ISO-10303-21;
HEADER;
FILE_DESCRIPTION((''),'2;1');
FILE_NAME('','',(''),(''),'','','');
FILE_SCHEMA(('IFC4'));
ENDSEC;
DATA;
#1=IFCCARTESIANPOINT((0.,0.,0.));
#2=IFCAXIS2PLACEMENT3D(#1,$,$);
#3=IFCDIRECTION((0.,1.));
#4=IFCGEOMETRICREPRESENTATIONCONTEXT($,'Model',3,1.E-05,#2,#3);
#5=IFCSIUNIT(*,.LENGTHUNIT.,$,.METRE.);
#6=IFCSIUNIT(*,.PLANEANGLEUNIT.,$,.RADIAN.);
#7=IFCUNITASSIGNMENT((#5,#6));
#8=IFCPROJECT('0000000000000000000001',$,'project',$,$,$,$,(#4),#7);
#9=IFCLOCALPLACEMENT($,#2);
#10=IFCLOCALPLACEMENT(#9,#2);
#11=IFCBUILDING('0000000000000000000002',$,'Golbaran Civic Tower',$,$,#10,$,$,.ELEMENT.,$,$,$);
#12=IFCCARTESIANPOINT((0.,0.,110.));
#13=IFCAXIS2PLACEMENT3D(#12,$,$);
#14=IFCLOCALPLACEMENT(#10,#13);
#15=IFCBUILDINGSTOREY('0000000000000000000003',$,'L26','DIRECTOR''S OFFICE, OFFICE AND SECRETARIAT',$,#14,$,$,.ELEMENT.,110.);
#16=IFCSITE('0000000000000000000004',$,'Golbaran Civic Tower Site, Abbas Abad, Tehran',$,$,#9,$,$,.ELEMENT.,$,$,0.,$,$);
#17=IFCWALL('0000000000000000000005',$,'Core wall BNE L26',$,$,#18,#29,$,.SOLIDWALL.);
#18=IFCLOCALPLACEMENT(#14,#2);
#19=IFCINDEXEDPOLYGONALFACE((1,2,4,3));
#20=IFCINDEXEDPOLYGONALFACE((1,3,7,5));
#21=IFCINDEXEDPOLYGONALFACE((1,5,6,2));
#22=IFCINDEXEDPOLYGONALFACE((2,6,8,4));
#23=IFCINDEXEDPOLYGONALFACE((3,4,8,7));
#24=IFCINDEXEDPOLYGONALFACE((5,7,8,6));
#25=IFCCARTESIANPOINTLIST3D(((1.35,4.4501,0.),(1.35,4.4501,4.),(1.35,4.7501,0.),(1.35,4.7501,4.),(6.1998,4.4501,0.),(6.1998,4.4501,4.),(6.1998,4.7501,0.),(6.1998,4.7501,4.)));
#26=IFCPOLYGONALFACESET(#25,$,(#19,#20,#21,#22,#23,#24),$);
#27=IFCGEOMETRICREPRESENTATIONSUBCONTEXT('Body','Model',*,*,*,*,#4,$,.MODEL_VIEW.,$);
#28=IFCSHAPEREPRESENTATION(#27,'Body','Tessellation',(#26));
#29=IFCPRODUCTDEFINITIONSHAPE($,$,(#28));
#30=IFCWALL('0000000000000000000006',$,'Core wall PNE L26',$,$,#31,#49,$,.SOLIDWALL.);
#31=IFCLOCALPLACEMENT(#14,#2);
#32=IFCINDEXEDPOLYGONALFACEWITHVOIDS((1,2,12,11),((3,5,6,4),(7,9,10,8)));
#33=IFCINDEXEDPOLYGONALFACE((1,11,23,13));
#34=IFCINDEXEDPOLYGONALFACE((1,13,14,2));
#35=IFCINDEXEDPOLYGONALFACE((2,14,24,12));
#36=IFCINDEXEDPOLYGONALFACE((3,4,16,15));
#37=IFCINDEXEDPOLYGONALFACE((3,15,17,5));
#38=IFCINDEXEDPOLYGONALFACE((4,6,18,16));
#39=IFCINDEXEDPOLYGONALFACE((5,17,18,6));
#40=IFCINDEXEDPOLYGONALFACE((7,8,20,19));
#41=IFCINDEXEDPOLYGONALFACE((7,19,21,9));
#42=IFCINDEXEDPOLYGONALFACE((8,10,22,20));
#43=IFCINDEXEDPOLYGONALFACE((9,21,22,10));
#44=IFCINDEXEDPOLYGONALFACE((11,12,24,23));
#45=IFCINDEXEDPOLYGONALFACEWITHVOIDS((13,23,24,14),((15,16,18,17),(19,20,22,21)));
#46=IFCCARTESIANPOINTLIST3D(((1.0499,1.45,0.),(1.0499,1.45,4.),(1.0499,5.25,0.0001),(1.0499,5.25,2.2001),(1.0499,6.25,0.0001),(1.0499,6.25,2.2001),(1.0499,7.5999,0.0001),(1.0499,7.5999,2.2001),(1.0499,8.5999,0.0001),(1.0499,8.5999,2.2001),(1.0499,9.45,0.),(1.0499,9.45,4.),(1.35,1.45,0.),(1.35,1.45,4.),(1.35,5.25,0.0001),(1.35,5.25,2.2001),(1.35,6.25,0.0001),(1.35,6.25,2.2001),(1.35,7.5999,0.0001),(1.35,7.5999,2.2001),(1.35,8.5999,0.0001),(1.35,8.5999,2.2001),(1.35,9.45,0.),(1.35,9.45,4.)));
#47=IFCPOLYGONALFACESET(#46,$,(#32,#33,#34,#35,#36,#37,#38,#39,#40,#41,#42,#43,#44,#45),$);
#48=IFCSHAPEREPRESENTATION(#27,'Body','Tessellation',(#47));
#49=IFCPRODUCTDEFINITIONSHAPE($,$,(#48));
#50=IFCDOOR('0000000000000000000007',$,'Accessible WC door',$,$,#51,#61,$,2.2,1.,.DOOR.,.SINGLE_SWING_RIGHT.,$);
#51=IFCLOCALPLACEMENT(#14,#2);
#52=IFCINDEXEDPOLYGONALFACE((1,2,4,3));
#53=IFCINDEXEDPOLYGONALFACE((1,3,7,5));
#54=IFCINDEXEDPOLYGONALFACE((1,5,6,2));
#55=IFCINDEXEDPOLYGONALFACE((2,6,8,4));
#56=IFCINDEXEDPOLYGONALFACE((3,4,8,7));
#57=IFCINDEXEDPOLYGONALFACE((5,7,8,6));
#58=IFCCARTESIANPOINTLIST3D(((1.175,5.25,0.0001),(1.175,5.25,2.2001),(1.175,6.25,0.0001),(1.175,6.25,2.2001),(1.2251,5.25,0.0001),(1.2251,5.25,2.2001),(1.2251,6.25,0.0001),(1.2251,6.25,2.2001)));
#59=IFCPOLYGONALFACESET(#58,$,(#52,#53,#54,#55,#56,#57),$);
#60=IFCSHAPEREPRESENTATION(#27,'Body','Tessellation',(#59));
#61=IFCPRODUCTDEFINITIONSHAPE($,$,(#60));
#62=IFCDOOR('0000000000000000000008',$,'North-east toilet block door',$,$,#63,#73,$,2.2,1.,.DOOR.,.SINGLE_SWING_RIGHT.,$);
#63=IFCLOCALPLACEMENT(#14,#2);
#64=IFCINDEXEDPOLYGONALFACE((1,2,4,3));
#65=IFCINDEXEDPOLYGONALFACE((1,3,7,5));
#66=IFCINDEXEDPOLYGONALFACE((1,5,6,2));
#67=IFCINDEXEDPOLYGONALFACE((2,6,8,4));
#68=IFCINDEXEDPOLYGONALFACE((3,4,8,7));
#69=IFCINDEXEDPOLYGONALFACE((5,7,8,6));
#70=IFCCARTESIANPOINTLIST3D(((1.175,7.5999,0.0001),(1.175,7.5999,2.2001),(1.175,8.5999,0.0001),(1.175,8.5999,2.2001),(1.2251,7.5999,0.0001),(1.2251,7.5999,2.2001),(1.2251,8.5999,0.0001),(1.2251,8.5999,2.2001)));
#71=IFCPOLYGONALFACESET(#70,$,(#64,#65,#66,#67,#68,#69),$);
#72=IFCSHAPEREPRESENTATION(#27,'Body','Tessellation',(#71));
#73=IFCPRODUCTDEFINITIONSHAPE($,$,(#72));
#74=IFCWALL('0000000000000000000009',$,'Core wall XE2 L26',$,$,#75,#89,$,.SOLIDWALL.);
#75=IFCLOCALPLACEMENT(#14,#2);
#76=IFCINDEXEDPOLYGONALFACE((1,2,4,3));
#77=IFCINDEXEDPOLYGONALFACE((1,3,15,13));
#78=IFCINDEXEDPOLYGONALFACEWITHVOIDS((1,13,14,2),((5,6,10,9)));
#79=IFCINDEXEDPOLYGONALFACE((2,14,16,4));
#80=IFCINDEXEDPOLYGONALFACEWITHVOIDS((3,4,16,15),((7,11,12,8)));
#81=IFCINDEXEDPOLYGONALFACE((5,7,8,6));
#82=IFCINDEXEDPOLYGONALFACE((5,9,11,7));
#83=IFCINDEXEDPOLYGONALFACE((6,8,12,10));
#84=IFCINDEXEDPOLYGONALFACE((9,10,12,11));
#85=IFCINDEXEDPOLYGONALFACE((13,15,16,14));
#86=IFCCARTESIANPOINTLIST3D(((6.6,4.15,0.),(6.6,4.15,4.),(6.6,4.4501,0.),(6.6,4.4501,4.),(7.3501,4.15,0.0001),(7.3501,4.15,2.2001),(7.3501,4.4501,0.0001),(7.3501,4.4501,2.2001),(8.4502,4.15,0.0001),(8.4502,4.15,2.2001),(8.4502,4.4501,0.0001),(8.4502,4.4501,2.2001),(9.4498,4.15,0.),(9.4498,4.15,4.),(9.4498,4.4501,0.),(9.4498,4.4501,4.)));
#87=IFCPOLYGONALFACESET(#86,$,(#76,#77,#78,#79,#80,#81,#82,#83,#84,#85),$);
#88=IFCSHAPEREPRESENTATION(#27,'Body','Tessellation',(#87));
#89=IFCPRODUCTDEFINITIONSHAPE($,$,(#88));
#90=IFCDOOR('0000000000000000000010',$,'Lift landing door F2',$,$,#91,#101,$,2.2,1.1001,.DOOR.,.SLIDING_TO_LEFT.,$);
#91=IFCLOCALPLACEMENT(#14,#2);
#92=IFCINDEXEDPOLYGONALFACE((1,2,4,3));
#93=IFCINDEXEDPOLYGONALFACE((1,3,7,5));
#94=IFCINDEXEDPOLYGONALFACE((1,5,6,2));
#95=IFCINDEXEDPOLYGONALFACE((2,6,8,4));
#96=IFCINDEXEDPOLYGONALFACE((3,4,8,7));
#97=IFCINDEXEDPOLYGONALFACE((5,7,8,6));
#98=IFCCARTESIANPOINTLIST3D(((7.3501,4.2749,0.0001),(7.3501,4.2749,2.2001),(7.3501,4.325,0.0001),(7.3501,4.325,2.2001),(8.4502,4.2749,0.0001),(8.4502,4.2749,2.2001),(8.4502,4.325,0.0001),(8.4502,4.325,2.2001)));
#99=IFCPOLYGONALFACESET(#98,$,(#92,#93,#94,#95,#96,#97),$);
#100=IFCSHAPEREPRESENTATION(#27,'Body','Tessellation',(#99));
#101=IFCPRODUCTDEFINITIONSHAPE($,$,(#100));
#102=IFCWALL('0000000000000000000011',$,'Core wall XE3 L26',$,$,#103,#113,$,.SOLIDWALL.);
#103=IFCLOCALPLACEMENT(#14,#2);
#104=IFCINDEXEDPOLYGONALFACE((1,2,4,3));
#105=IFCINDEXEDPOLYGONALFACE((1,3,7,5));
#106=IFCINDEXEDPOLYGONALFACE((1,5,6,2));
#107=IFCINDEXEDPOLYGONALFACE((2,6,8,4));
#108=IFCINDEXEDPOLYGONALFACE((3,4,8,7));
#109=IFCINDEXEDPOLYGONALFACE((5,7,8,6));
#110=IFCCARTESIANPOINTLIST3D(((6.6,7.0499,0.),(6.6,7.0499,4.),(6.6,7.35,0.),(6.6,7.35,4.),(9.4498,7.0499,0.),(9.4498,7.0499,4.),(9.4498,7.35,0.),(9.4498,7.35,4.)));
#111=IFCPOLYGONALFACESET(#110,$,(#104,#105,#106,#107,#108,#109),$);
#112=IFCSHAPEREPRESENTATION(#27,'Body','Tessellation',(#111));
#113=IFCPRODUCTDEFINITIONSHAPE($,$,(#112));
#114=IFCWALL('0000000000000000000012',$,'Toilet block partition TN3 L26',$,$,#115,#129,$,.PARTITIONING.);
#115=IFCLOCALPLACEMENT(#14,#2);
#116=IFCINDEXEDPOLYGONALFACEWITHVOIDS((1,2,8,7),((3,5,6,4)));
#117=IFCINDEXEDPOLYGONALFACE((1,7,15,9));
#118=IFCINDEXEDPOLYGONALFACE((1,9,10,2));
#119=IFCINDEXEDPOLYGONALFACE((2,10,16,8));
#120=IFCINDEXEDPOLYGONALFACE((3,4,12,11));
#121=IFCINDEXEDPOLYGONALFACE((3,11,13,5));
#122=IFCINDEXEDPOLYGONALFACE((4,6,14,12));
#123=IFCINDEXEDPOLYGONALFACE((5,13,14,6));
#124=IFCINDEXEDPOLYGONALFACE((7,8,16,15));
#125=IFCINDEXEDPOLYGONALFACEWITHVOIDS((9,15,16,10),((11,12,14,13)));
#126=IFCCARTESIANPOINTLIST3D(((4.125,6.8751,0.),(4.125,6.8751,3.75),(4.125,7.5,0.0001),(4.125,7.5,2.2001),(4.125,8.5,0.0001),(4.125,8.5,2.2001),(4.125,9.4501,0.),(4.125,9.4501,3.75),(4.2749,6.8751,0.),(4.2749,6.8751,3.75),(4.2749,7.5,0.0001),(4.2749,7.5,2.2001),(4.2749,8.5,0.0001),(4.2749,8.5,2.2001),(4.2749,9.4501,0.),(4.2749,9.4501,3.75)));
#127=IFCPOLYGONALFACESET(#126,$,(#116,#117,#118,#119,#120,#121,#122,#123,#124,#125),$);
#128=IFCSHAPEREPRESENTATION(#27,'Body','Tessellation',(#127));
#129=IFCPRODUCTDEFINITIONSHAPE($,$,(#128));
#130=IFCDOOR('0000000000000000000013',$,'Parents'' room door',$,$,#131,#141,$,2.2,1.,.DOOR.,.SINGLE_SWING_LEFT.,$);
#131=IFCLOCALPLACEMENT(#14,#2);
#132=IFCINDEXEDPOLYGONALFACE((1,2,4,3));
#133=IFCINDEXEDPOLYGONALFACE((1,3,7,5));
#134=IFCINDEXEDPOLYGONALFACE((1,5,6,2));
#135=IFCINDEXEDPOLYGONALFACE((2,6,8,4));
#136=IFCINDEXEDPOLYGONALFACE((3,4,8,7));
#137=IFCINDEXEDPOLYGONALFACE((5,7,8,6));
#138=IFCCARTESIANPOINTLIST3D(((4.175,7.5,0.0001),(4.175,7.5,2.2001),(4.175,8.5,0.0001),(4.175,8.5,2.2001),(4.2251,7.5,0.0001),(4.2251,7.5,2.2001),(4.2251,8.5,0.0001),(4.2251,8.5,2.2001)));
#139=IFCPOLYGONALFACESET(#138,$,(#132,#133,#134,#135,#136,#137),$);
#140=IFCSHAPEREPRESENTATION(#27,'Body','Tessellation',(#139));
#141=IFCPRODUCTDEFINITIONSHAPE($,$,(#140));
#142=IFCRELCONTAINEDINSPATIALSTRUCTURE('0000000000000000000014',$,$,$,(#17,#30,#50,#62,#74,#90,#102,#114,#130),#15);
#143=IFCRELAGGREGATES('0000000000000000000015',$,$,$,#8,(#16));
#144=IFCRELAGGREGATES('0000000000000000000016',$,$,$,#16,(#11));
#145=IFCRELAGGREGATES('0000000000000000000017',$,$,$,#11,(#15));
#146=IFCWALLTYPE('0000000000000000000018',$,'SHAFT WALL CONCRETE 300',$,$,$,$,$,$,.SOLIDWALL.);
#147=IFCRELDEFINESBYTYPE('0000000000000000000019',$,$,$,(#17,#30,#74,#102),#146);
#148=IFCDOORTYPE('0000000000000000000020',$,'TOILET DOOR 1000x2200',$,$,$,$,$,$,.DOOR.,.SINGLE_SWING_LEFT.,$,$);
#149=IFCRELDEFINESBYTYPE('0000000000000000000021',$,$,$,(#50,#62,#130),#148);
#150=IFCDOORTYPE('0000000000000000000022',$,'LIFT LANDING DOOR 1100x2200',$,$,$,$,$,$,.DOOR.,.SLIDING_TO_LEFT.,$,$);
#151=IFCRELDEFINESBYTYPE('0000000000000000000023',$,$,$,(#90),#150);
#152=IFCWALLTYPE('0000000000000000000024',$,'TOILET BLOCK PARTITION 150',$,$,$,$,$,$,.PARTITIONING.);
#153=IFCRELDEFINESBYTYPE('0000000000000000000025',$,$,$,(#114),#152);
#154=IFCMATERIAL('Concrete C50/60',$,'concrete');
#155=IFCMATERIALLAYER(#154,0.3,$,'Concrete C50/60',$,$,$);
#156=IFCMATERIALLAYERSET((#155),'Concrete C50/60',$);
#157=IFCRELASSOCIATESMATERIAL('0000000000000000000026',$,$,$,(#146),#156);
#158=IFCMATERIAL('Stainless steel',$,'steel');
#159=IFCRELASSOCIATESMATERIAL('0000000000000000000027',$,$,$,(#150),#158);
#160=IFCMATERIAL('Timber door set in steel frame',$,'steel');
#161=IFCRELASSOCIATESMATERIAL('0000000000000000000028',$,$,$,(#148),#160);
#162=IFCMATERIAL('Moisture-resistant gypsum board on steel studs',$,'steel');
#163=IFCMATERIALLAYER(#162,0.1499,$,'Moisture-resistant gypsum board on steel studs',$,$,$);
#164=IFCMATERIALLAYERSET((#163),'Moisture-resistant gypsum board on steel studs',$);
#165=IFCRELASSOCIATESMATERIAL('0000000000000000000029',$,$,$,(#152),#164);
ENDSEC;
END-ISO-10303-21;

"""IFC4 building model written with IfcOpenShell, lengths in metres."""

from ifc_helpers import new_model, si_unit, direction, frame, frame_2d, origin, place, context, subcontext, project, spatial, rectangle, extrude, material, layer, layer_set, type_object, element, fill, save


model = new_model("IFC4")

# Units and contexts
model_context = context("Model", 3, precision=1e-05, world=origin(), true_north=direction((0.0, 1.0)))
body_context = subcontext(model_context, "Body", "Model", "MODEL_VIEW")
ifc_project = project(units=[si_unit("LENGTHUNIT", "METRE"), si_unit("PLANEANGLEUNIT", "RADIAN")], contexts=[model_context])

# Site, building, storey
site_placement = place(None, origin())
site = spatial("IfcSite", under=ifc_project, at=site_placement, Name="Golbaran Civic Tower Site, Abbas Abad, Tehran", CompositionType="ELEMENT", RefElevation=0.0)
building_placement = place(site_placement, origin())
building = spatial("IfcBuilding", under=site, at=building_placement, Name="Golbaran Civic Tower", CompositionType="ELEMENT")
storey_placement = place(building_placement, frame((0.0, 0.0, 110.0)))
storey = spatial("IfcBuildingStorey", under=building, at=storey_placement, Name="L26", Description="DIRECTOR'S OFFICE, OFFICE AND SECRETARIAT", CompositionType="ELEMENT", Elevation=110.0)

# Shared definitions
ifc_material_1 = material(Name="Timber door set in steel frame", Category="steel")

# Shared definitions
ifc_material_2 = material(Name="Concrete C50/60", Category="concrete")

# Shared definitions
ifc_layer_1 = layer(ifc_material_2, 0.3, Name="Concrete C50/60")
ifc_layer_set_1 = layer_set([ifc_layer_1], Name="Concrete C50/60")
wall_type_1 = type_object("IfcWallType", Name="SHAFT WALL CONCRETE 300", PredefinedType="SOLIDWALL", material=ifc_layer_set_1)
ifc_material_3 = material(Name="Stainless steel", Category="steel")
door_type_1 = type_object("IfcDoorType", Name="LIFT LANDING DOOR 1100x2200", OperationType="SLIDING_TO_LEFT", PredefinedType="DOOR", material=ifc_material_3)

# Wall
wall_1_placement = place(storey_placement, frame((1.3501, 4.6001, 0.0), z_axis=(0.0, 0.0, 1.0), x_axis=(1.0, 0.0, 0.0)))
element("IfcWall", 1, at=wall_1_placement, inside=storey, type_object=wall_type_1, Name="Core wall BNE L26", PredefinedType="SOLIDWALL", context=body_context, shape_type="SweptSolid", body=[
    extrude(rectangle(XDim=4.8499, YDim=0.3, at=frame_2d((2.4248, 0.0))), origin(), (0.0, 0.0, 1.0), 4.0),
])

# Wall, openings, doors
wall_2_placement = place(storey_placement, frame((1.2, 1.45, 0.0), z_axis=(0.0, 0.0, 1.0), x_axis=(0.0, 1.0, 0.0)))
wall_2 = element("IfcWall", 2, at=wall_2_placement, inside=storey, type_object=wall_type_1, Name="Core wall PNE L26", PredefinedType="SOLIDWALL", context=body_context, shape_type="SweptSolid", body=[
    extrude(rectangle(XDim=8.0, YDim=0.3, at=frame_2d((4.0, 0.0))), origin(), (0.0, 0.0, 1.0), 4.0),
])
opening_1_placement = place(wall_2_placement, frame((3.8, 0.0, 0.0)))
opening_1 = element("IfcOpeningElement", 3, at=opening_1_placement, cuts=wall_2, PredefinedType="OPENING", context=body_context, shape_type="SweptSolid", body=[
    extrude(rectangle(XDim=1.0, YDim=2.2, at=frame_2d((0.5, 1.1001))), frame((0.0, 0.1599, 0.0), z_axis=(0.0, -1.0, 0.0), x_axis=(1.0, 0.0, 0.0)), (0.0, 0.0, 1.0), 0.3201),
])
opening_2_placement = place(wall_2_placement, frame((6.1499, 0.0, 0.0)))
opening_2 = element("IfcOpeningElement", 4, at=opening_2_placement, cuts=wall_2, PredefinedType="OPENING", context=body_context, shape_type="SweptSolid", body=[
    extrude(rectangle(XDim=1.0, YDim=2.2, at=frame_2d((0.5, 1.1001))), frame((0.0, 0.1599, 0.0), z_axis=(0.0, -1.0, 0.0), x_axis=(1.0, 0.0, 0.0)), (0.0, 0.0, 1.0), 0.3201),
])
door_type_2 = type_object("IfcDoorType", Name="TOILET DOOR 1000x2200", OperationType="SINGLE_SWING_LEFT", PredefinedType="DOOR", material=ifc_material_1)
door_1_placement = place(opening_1_placement, origin())
door_1 = element("IfcDoor", 5, at=door_1_placement, inside=storey, type_object=door_type_2, Name="Accessible WC door", OperationType="SINGLE_SWING_RIGHT", OverallHeight=2.2, OverallWidth=1.0, PredefinedType="DOOR", context=body_context, shape_type="SweptSolid", body=[
    extrude(rectangle(XDim=1.0, YDim=2.2, at=frame_2d((0.5, 1.1001))), frame((0.0, 0.0249, 0.0), z_axis=(0.0, -1.0, 0.0), x_axis=(1.0, 0.0, 0.0)), (0.0, 0.0, 1.0), 0.05),
])
fill(opening_1, door_1)
door_2_placement = place(opening_2_placement, origin())
door_2 = element("IfcDoor", 6, at=door_2_placement, inside=storey, type_object=door_type_2, Name="North-east toilet block door", OperationType="SINGLE_SWING_RIGHT", OverallHeight=2.2, OverallWidth=1.0, PredefinedType="DOOR", context=body_context, shape_type="SweptSolid", body=[
    extrude(rectangle(XDim=1.0, YDim=2.2, at=frame_2d((0.5, 1.1001))), frame((0.0, 0.0249, 0.0), z_axis=(0.0, -1.0, 0.0), x_axis=(1.0, 0.0, 0.0)), (0.0, 0.0, 1.0), 0.05),
])
fill(opening_2, door_2)

# Wall, opening, door
wall_3_placement = place(storey_placement, frame((6.6001, 4.3, 0.0), z_axis=(0.0, 0.0, 1.0), x_axis=(1.0, 0.0, 0.0)))
wall_3 = element("IfcWall", 7, at=wall_3_placement, inside=storey, type_object=wall_type_1, Name="Core wall XE2 L26", PredefinedType="SOLIDWALL", context=body_context, shape_type="SweptSolid", body=[
    extrude(rectangle(XDim=2.8499, YDim=0.3, at=frame_2d((1.4248, 0.0))), origin(), (0.0, 0.0, 1.0), 4.0),
])
opening_3_placement = place(wall_3_placement, frame((0.75, 0.0, 0.0)))
opening_3 = element("IfcOpeningElement", 8, at=opening_3_placement, cuts=wall_3, PredefinedType="OPENING", context=body_context, shape_type="SweptSolid", body=[
    extrude(rectangle(XDim=1.1001, YDim=2.2, at=frame_2d((0.55, 1.1001))), frame((0.0, 0.1599, 0.0), z_axis=(0.0, -1.0, 0.0), x_axis=(1.0, 0.0, 0.0)), (0.0, 0.0, 1.0), 0.3201),
])
door_3_placement = place(opening_3_placement, origin())
door_3 = element("IfcDoor", 9, at=door_3_placement, inside=storey, type_object=door_type_1, Name="Lift landing door F2", OperationType="SLIDING_TO_LEFT", OverallHeight=2.2, OverallWidth=1.1001, PredefinedType="DOOR", context=body_context, shape_type="SweptSolid", body=[
    extrude(rectangle(XDim=1.1001, YDim=2.2, at=frame_2d((0.55, 1.1001))), frame((0.0, 0.0249, 0.0), z_axis=(0.0, -1.0, 0.0), x_axis=(1.0, 0.0, 0.0)), (0.0, 0.0, 1.0), 0.05),
])
fill(opening_3, door_3)

# Wall
wall_4_placement = place(storey_placement, frame((6.6001, 7.2, 0.0), z_axis=(0.0, 0.0, 1.0), x_axis=(1.0, 0.0, 0.0)))
element("IfcWall", 10, at=wall_4_placement, inside=storey, type_object=wall_type_1, Name="Core wall XE3 L26", PredefinedType="SOLIDWALL", context=body_context, shape_type="SweptSolid", body=[
    extrude(rectangle(XDim=2.8499, YDim=0.3, at=frame_2d((1.4248, 0.0))), origin(), (0.0, 0.0, 1.0), 4.0),
])

# Wall, opening, door
ifc_material_4 = material(Name="Moisture-resistant gypsum board on steel studs", Category="steel")
ifc_layer_2 = layer(ifc_material_4, 0.1499, Name="Moisture-resistant gypsum board on steel studs")
ifc_layer_set_2 = layer_set([ifc_layer_2], Name="Moisture-resistant gypsum board on steel studs")
wall_type_2 = type_object("IfcWallType", Name="TOILET BLOCK PARTITION 150", PredefinedType="PARTITIONING", material=ifc_layer_set_2)
wall_5_placement = place(storey_placement, frame((4.2, 6.875, 0.0), z_axis=(0.0, 0.0, 1.0), x_axis=(0.0, 1.0, 0.0)))
wall_5 = element("IfcWall", 11, at=wall_5_placement, inside=storey, type_object=wall_type_2, Name="Toilet block partition TN3 L26", PredefinedType="PARTITIONING", context=body_context, shape_type="SweptSolid", body=[
    extrude(rectangle(XDim=2.575, YDim=0.1499, at=frame_2d((1.2876, 0.0))), origin(), (0.0, 0.0, 1.0), 3.75),
])
opening_4_placement = place(wall_5_placement, frame((0.625, 0.0, 0.0)))
opening_4 = element("IfcOpeningElement", 12, at=opening_4_placement, cuts=wall_5, PredefinedType="OPENING", context=body_context, shape_type="SweptSolid", body=[
    extrude(rectangle(XDim=1.0, YDim=2.2, at=frame_2d((0.5, 1.1001))), frame((0.0, 0.085, 0.0), z_axis=(0.0, -1.0, 0.0), x_axis=(1.0, 0.0, 0.0)), (0.0, 0.0, 1.0), 0.1699),
])
door_4_placement = place(opening_4_placement, origin())
door_4 = element("IfcDoor", 13, at=door_4_placement, inside=storey, type_object=door_type_2, Name="Parents' room door", OperationType="SINGLE_SWING_LEFT", OverallHeight=2.2, OverallWidth=1.0, PredefinedType="DOOR", context=body_context, shape_type="SweptSolid", body=[
    extrude(rectangle(XDim=1.0, YDim=2.2, at=frame_2d((0.5, 1.1001))), frame((0.0, 0.0249, 0.0), z_axis=(0.0, -1.0, 0.0), x_axis=(1.0, 0.0, 0.0)), (0.0, 0.0, 1.0), 0.05),
])
fill(opening_4, door_4)

save(model, "model.ifc")
